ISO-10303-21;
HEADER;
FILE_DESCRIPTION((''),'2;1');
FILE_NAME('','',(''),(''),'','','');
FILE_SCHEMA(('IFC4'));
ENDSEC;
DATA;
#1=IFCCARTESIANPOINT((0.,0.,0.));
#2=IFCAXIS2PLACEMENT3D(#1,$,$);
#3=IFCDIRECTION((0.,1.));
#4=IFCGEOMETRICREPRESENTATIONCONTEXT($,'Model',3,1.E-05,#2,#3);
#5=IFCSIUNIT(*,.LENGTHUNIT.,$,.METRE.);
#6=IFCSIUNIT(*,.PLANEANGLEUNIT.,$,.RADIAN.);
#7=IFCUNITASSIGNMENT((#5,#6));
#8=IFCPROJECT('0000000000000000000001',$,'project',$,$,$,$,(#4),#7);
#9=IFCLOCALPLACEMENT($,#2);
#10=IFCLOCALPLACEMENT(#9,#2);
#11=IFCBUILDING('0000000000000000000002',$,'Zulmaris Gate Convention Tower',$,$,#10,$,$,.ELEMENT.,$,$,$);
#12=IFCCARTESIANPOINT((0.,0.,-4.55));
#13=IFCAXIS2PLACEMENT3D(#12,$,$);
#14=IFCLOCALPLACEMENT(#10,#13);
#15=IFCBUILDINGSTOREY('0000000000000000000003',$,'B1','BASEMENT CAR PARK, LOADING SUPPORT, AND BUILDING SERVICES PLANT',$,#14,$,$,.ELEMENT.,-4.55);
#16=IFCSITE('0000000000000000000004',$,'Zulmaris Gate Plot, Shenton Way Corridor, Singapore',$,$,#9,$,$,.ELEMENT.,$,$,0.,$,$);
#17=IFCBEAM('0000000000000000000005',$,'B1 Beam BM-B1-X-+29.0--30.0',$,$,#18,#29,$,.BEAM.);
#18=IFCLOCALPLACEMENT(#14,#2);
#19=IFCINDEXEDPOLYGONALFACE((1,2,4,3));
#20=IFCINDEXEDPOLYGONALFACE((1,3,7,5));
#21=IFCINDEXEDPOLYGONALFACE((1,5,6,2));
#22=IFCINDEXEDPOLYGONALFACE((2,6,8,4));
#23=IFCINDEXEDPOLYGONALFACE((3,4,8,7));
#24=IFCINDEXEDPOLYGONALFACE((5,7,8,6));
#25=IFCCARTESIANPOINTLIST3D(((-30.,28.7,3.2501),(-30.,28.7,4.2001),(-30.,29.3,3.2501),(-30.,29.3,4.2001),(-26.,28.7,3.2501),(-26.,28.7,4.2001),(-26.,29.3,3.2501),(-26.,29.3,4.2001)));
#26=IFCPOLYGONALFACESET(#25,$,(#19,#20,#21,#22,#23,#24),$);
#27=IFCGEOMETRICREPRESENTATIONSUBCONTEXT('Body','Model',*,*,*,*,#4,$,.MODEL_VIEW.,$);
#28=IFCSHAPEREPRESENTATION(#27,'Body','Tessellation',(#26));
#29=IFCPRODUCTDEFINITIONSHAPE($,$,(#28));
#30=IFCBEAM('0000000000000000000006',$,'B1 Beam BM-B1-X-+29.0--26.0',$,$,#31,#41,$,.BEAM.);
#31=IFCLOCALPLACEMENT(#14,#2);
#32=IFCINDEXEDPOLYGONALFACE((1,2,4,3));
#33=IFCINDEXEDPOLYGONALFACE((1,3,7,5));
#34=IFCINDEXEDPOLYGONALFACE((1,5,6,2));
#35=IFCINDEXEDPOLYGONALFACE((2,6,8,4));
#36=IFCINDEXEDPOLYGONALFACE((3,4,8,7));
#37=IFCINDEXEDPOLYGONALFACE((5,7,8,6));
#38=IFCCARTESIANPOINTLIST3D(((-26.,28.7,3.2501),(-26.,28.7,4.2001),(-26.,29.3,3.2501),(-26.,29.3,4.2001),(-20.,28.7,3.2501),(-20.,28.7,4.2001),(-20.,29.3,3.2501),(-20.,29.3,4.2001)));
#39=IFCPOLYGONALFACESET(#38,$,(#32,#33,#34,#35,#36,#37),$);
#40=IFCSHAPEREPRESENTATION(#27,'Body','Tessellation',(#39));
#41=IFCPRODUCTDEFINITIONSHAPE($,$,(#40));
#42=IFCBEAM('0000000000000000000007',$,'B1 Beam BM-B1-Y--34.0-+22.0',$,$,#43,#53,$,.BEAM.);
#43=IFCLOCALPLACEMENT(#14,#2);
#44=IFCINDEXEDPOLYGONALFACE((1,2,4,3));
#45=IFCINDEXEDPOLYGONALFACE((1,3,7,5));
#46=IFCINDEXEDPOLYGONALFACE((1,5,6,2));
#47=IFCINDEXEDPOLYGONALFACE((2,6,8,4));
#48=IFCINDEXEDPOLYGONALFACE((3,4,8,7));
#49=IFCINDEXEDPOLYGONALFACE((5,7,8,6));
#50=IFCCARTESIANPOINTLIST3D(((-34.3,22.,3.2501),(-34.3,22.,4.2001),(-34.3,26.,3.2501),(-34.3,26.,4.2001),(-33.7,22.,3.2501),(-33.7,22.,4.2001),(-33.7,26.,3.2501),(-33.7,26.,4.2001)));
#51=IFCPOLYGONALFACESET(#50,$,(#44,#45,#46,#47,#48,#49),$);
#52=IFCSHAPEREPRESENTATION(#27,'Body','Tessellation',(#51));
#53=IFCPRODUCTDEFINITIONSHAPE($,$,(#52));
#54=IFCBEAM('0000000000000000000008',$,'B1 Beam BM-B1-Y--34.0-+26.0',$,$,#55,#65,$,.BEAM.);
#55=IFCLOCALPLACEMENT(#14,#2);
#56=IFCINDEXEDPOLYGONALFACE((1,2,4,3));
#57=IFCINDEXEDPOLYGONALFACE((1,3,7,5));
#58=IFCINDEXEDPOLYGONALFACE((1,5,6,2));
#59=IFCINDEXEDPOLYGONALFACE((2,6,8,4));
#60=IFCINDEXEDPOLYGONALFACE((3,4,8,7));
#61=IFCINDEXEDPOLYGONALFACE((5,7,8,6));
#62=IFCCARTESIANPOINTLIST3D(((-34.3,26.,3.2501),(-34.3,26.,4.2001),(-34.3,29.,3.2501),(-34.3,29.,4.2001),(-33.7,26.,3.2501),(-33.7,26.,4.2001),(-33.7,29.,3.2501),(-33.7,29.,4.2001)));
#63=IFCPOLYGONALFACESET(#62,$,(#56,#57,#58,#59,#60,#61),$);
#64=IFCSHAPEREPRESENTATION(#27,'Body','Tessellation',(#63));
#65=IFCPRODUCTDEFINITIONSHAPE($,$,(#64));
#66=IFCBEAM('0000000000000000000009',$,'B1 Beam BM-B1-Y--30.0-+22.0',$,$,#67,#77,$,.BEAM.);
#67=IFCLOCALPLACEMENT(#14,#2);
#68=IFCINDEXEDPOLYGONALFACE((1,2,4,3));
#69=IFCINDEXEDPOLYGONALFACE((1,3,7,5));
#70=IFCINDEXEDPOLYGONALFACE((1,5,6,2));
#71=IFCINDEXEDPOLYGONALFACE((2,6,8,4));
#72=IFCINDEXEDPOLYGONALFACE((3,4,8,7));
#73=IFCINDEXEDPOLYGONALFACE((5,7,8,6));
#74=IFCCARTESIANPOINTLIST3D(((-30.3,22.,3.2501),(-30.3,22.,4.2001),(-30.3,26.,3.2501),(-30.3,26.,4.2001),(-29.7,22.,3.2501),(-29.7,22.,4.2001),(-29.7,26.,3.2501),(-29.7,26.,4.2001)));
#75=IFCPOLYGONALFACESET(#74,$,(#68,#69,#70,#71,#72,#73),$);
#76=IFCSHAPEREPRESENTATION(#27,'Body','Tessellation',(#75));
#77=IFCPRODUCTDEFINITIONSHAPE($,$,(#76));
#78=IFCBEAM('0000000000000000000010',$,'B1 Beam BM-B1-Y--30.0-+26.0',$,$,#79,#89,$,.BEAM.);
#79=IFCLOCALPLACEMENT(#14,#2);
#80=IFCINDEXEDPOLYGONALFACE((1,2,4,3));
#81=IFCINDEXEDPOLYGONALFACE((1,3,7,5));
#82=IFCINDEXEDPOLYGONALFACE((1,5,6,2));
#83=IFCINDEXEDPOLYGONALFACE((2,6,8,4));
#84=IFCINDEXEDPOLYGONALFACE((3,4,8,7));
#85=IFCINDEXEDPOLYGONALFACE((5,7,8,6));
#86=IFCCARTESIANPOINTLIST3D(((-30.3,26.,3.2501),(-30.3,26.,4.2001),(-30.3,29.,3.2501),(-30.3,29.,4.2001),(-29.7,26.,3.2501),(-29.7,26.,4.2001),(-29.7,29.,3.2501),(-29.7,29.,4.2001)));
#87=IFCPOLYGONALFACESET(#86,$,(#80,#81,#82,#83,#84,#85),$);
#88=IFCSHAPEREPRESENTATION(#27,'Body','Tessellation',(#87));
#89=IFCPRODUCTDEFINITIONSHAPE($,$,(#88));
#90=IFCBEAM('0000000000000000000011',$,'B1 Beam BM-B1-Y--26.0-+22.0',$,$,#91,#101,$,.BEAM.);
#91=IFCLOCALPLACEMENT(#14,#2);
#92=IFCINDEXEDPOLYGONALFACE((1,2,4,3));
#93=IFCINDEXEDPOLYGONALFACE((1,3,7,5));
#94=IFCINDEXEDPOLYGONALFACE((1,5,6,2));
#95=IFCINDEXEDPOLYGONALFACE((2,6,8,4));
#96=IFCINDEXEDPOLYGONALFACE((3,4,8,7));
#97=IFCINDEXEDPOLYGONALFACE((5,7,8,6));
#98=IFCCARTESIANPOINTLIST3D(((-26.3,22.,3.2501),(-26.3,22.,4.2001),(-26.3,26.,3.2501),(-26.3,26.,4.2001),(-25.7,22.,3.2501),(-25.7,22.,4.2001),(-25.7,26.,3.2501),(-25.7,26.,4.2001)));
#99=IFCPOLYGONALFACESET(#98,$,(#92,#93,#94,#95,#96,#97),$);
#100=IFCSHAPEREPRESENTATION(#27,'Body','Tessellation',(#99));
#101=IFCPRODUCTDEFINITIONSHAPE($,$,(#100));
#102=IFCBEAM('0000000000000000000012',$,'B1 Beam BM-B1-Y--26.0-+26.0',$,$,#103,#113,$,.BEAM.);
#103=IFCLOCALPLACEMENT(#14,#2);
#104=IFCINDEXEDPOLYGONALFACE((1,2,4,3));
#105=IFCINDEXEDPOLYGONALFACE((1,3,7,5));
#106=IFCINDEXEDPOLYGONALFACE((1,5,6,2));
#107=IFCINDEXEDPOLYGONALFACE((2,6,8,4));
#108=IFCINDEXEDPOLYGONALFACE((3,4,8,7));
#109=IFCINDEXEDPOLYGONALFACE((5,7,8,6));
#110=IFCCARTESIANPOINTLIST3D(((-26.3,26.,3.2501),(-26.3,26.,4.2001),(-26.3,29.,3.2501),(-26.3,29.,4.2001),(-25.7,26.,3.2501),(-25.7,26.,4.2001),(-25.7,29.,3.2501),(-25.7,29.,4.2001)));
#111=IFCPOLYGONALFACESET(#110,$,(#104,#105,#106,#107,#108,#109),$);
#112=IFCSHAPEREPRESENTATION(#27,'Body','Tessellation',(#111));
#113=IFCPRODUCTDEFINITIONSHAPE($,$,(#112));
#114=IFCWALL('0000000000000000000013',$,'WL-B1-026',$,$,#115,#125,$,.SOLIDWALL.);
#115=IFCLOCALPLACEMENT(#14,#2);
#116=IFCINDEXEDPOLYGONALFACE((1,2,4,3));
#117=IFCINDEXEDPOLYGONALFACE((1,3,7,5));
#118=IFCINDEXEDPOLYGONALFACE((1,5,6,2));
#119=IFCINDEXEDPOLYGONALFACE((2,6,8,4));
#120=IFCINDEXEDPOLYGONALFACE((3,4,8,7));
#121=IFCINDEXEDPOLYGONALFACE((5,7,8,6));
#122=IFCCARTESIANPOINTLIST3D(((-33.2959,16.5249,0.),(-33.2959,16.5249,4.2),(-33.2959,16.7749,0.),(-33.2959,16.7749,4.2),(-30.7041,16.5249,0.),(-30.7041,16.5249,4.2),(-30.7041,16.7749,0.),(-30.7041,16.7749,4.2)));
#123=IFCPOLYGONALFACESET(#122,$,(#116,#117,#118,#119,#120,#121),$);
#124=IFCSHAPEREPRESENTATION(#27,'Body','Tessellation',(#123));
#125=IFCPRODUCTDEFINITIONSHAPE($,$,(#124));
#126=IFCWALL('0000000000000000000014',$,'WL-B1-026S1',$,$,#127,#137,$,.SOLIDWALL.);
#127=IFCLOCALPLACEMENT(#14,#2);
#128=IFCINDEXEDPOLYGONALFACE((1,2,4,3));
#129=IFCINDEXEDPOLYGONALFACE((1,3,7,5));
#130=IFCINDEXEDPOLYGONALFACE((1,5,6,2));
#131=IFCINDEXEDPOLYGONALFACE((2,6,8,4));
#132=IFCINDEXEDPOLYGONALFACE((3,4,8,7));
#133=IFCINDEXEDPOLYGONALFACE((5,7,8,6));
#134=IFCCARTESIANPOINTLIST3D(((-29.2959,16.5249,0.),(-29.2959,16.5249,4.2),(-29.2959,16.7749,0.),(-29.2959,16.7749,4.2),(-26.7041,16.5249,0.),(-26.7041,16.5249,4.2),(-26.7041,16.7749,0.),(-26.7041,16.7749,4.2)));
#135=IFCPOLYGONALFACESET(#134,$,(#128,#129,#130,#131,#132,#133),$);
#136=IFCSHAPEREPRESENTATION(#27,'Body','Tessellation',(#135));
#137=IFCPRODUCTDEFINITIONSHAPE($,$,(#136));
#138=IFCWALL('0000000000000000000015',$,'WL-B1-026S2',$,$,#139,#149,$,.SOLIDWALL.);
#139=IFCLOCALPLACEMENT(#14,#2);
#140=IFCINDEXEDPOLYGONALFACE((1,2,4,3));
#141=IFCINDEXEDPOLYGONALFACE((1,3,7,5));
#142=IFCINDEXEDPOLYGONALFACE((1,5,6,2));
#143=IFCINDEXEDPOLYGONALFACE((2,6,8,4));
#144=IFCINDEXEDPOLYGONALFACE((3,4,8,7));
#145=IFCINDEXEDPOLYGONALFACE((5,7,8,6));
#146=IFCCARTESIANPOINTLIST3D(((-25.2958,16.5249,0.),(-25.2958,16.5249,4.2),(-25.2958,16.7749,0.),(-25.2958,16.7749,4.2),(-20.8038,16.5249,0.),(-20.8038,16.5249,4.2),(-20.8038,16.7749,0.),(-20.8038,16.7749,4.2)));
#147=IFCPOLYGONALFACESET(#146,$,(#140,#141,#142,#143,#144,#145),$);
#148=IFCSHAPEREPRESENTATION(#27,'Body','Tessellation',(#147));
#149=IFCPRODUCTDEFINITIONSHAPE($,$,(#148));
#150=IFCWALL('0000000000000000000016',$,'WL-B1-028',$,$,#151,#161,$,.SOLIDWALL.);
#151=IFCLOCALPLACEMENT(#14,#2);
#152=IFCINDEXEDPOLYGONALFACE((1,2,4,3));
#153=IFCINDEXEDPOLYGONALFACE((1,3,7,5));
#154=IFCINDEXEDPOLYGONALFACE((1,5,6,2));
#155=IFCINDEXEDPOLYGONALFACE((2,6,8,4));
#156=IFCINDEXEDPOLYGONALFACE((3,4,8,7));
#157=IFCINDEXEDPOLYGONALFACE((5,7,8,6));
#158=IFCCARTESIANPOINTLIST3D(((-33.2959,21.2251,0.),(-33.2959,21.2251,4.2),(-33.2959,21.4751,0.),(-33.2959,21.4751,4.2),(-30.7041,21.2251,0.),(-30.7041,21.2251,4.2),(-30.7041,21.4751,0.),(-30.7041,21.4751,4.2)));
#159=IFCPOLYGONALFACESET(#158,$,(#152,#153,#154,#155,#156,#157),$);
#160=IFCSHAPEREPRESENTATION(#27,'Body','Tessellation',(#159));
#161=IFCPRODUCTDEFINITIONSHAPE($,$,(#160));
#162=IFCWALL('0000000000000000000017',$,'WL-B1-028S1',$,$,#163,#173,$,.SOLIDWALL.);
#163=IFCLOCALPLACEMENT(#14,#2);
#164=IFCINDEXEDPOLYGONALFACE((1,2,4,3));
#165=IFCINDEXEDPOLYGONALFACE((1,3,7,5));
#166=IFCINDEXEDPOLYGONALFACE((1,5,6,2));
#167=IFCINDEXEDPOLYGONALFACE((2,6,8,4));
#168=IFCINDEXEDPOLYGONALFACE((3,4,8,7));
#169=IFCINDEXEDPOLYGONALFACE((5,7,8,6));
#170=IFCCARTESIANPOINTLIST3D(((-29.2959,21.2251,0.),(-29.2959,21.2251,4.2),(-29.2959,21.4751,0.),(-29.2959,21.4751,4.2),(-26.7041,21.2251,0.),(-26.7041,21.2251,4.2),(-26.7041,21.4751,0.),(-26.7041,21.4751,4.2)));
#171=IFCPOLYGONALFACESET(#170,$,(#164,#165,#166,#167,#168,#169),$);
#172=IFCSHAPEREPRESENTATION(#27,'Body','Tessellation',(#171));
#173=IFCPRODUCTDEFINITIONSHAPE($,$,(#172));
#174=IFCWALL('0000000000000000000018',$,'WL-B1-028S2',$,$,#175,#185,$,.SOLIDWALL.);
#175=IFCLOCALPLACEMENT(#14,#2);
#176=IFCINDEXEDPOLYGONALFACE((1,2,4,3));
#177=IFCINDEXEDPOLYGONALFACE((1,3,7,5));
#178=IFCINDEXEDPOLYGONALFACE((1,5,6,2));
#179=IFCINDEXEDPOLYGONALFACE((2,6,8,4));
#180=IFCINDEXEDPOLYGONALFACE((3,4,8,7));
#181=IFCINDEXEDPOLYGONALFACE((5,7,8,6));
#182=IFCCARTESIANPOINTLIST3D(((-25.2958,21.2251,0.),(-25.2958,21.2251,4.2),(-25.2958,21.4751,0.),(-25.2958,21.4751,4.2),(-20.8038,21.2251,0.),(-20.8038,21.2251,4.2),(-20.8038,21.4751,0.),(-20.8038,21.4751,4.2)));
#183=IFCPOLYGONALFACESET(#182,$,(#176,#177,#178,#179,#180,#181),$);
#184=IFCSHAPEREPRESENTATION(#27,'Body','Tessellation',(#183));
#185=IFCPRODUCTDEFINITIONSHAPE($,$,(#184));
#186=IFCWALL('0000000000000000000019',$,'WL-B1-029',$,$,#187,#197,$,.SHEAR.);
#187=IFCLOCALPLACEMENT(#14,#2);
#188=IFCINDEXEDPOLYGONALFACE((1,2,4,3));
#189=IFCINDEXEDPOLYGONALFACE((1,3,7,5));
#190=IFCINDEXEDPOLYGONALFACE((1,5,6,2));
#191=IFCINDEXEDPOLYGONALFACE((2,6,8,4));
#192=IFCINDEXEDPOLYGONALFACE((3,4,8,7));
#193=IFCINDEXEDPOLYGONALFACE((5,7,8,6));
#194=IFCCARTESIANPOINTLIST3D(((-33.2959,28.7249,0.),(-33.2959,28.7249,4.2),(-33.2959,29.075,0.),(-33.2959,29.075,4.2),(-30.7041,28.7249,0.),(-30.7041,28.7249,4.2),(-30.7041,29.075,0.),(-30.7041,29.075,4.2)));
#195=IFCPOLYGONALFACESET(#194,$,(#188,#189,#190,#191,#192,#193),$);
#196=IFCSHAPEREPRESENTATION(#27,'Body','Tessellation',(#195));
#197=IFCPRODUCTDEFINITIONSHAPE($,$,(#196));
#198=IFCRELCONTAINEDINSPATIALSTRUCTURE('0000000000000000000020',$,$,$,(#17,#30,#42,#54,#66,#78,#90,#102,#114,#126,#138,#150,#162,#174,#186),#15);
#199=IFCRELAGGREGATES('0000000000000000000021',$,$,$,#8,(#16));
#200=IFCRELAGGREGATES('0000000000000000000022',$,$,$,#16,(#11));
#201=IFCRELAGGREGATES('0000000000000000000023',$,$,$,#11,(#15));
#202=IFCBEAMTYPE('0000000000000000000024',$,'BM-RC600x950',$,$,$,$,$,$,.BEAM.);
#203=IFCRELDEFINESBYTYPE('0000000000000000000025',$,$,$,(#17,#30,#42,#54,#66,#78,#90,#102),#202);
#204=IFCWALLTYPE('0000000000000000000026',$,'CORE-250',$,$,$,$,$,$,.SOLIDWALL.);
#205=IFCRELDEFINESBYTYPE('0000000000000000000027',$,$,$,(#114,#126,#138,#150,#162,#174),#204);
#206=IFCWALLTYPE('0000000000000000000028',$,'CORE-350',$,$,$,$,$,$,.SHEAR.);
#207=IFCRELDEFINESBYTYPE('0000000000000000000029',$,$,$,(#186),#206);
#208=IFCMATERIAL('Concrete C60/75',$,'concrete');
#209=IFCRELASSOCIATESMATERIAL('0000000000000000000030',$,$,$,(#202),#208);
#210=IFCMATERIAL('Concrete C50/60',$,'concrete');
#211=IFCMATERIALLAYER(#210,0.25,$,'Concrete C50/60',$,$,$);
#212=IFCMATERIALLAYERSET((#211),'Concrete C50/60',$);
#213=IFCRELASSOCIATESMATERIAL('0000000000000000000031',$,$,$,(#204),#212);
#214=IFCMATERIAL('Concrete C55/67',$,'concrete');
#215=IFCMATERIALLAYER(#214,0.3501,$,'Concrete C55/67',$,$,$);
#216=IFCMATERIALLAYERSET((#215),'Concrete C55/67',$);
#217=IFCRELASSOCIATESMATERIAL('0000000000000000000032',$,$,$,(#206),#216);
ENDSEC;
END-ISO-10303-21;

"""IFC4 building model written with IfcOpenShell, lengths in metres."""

from ifc_helpers import new_model, si_unit, direction, frame, frame_2d, origin, origin_2d, place, context, subcontext, project, spatial, rectangle, extrude, material, layer, layer_set, material_profile, profile_set, type_object, element, save


model = new_model("IFC4")

# Units and contexts
model_context = context("Model", 3, precision=1e-05, world=origin(), true_north=direction((0.0, 1.0)))
body_context = subcontext(model_context, "Body", "Model", "MODEL_VIEW")
ifc_project = project(units=[si_unit("LENGTHUNIT", "METRE"), si_unit("PLANEANGLEUNIT", "RADIAN")], contexts=[model_context])

# Site, building, storey
site_placement = place(None, origin())
site = spatial("IfcSite", under=ifc_project, at=site_placement, Name="Zulmaris Gate Plot, Shenton Way Corridor, Singapore", CompositionType="ELEMENT", RefElevation=0.0)
building_placement = place(site_placement, origin())
building = spatial("IfcBuilding", under=site, at=building_placement, Name="Zulmaris Gate Convention Tower", CompositionType="ELEMENT")
storey_placement = place(building_placement, frame((0.0, 0.0, -4.55)))
storey = spatial("IfcBuildingStorey", under=building, at=storey_placement, Name="B1", Description="BASEMENT CAR PARK, LOADING SUPPORT, AND BUILDING SERVICES PLANT", CompositionType="ELEMENT", Elevation=-4.55)

# Beams
ifc_material_1 = material(Name="Concrete C60/75", Category="concrete")
ifc_material_profile_1 = material_profile(ifc_material_1, rectangle(XDim=0.6001, YDim=0.95, at=origin_2d()), Name="RC BEAM 600x950")
ifc_profile_set_1 = profile_set([ifc_material_profile_1], Name="Concrete C60/75")
beam_type = type_object("IfcBeamType", Name="BM-RC600x950", PredefinedType="BEAM", material=ifc_profile_set_1)
for number, where, z_axis, x_axis, name in (
    (1, (-30.0, 29.0, 3.7251), (1.0, 0.0, 0.0), (0.0, 1.0, 0.0), "B1 Beam BM-B1-X-+29.0--30.0"),
):
    element("IfcBeam", number, at=place(storey_placement, frame(where, z_axis=z_axis, x_axis=x_axis)), inside=storey, type_object=beam_type, Name=name, PredefinedType="BEAM", context=body_context, shape_type="SweptSolid", body=[
        extrude(rectangle(XDim=0.6001, YDim=0.95, at=origin_2d()), origin(), (0.0, 0.0, 1.0), 4.0),
    ])
beam_1_placement = place(storey_placement, frame((-26.0, 29.0, 3.7251), z_axis=(1.0, 0.0, 0.0), x_axis=(0.0, 1.0, 0.0)))
element("IfcBeam", 2, at=beam_1_placement, inside=storey, type_object=beam_type, Name="B1 Beam BM-B1-X-+29.0--26.0", PredefinedType="BEAM", context=body_context, shape_type="SweptSolid", body=[
    extrude(rectangle(XDim=0.6001, YDim=0.95, at=origin_2d()), origin(), (0.0, 0.0, 1.0), 6.0),
])
beam_2_placement = place(storey_placement, frame((-34.0, 22.0, 3.7251), z_axis=(0.0, 1.0, 0.0), x_axis=(-1.0, 0.0, 0.0)))
element("IfcBeam", 3, at=beam_2_placement, inside=storey, type_object=beam_type, Name="B1 Beam BM-B1-Y--34.0-+22.0", PredefinedType="BEAM", context=body_context, shape_type="SweptSolid", body=[
    extrude(rectangle(XDim=0.6001, YDim=0.95, at=origin_2d()), origin(), (0.0, 0.0, 1.0), 4.0),
])
beam_3_placement = place(storey_placement, frame((-34.0, 26.0, 3.7251), z_axis=(0.0, 1.0, 0.0), x_axis=(-1.0, 0.0, 0.0)))
element("IfcBeam", 4, at=beam_3_placement, inside=storey, type_object=beam_type, Name="B1 Beam BM-B1-Y--34.0-+26.0", PredefinedType="BEAM", context=body_context, shape_type="SweptSolid", body=[
    extrude(rectangle(XDim=0.6001, YDim=0.95, at=origin_2d()), origin(), (0.0, 0.0, 1.0), 3.0),
])
beam_4_placement = place(storey_placement, frame((-30.0, 22.0, 3.7251), z_axis=(0.0, 1.0, 0.0), x_axis=(-1.0, 0.0, 0.0)))
element("IfcBeam", 5, at=beam_4_placement, inside=storey, type_object=beam_type, Name="B1 Beam BM-B1-Y--30.0-+22.0", PredefinedType="BEAM", context=body_context, shape_type="SweptSolid", body=[
    extrude(rectangle(XDim=0.6001, YDim=0.95, at=origin_2d()), origin(), (0.0, 0.0, 1.0), 4.0),
])
beam_5_placement = place(storey_placement, frame((-30.0, 26.0, 3.7251), z_axis=(0.0, 1.0, 0.0), x_axis=(-1.0, 0.0, 0.0)))
element("IfcBeam", 6, at=beam_5_placement, inside=storey, type_object=beam_type, Name="B1 Beam BM-B1-Y--30.0-+26.0", PredefinedType="BEAM", context=body_context, shape_type="SweptSolid", body=[
    extrude(rectangle(XDim=0.6001, YDim=0.95, at=origin_2d()), origin(), (0.0, 0.0, 1.0), 3.0),
])
beam_6_placement = place(storey_placement, frame((-26.0, 22.0, 3.7251), z_axis=(0.0, 1.0, 0.0), x_axis=(-1.0, 0.0, 0.0)))
element("IfcBeam", 7, at=beam_6_placement, inside=storey, type_object=beam_type, Name="B1 Beam BM-B1-Y--26.0-+22.0", PredefinedType="BEAM", context=body_context, shape_type="SweptSolid", body=[
    extrude(rectangle(XDim=0.6001, YDim=0.95, at=origin_2d()), origin(), (0.0, 0.0, 1.0), 4.0),
])
beam_7_placement = place(storey_placement, frame((-26.0, 26.0, 3.7251), z_axis=(0.0, 1.0, 0.0), x_axis=(-1.0, 0.0, 0.0)))
element("IfcBeam", 8, at=beam_7_placement, inside=storey, type_object=beam_type, Name="B1 Beam BM-B1-Y--26.0-+26.0", PredefinedType="BEAM", context=body_context, shape_type="SweptSolid", body=[
    extrude(rectangle(XDim=0.6001, YDim=0.95, at=origin_2d()), origin(), (0.0, 0.0, 1.0), 3.0),
])

# Walls
ifc_material_2 = material(Name="Concrete C50/60", Category="concrete")
ifc_layer_1 = layer(ifc_material_2, 0.25, Name="Concrete C50/60")
ifc_layer_set_1 = layer_set([ifc_layer_1], Name="Concrete C50/60")
wall_type_1 = type_object("IfcWallType", Name="CORE-250", PredefinedType="SOLIDWALL", material=ifc_layer_set_1)
for number, where, z_axis, x_axis, name in (
    (9, (-33.2959, 16.6499, 0.0), (0.0, 0.0, 1.0), (1.0, 0.0, 0.0), "WL-B1-026"),
    (10, (-29.2959, 16.6499, 0.0), (0.0, 0.0, 1.0), (1.0, 0.0, 0.0), "WL-B1-026S1"),
):
    element("IfcWall", number, at=place(storey_placement, frame(where, z_axis=z_axis, x_axis=x_axis)), inside=storey, type_object=wall_type_1, Name=name, PredefinedType="SOLIDWALL", context=body_context, shape_type="SweptSolid", body=[
        extrude(rectangle(XDim=2.5918, YDim=0.25, at=frame_2d((1.2959, 0.0))), origin(), (0.0, 0.0, 1.0), 4.2),
    ])
wall_1_placement = place(storey_placement, frame((-25.2959, 16.6499, 0.0), z_axis=(0.0, 0.0, 1.0), x_axis=(1.0, 0.0, 0.0)))
element("IfcWall", 11, at=wall_1_placement, inside=storey, type_object=wall_type_1, Name="WL-B1-026S2", PredefinedType="SOLIDWALL", context=body_context, shape_type="SweptSolid", body=[
    extrude(rectangle(XDim=4.4919, YDim=0.25, at=frame_2d((2.2461, 0.0))), origin(), (0.0, 0.0, 1.0), 4.2),
])
for number, where, z_axis, x_axis, name in (
    (12, (-33.2959, 21.3501, 0.0), (0.0, 0.0, 1.0), (1.0, 0.0, 0.0), "WL-B1-028"),
    (13, (-29.2959, 21.3501, 0.0), (0.0, 0.0, 1.0), (1.0, 0.0, 0.0), "WL-B1-028S1"),
):
    element("IfcWall", number, at=place(storey_placement, frame(where, z_axis=z_axis, x_axis=x_axis)), inside=storey, type_object=wall_type_1, Name=name, PredefinedType="SOLIDWALL", context=body_context, shape_type="SweptSolid", body=[
        extrude(rectangle(XDim=2.5918, YDim=0.25, at=frame_2d((1.2959, 0.0))), origin(), (0.0, 0.0, 1.0), 4.2),
    ])
wall_2_placement = place(storey_placement, frame((-25.2959, 21.3501, 0.0), z_axis=(0.0, 0.0, 1.0), x_axis=(1.0, 0.0, 0.0)))
element("IfcWall", 14, at=wall_2_placement, inside=storey, type_object=wall_type_1, Name="WL-B1-028S2", PredefinedType="SOLIDWALL", context=body_context, shape_type="SweptSolid", body=[
    extrude(rectangle(XDim=4.4919, YDim=0.25, at=frame_2d((2.2461, 0.0))), origin(), (0.0, 0.0, 1.0), 4.2),
])
ifc_material_3 = material(Name="Concrete C55/67", Category="concrete")
ifc_layer_2 = layer(ifc_material_3, 0.3501, Name="Concrete C55/67")
ifc_layer_set_2 = layer_set([ifc_layer_2], Name="Concrete C55/67")
wall_type_2 = type_object("IfcWallType", Name="CORE-350", PredefinedType="SHEAR", material=ifc_layer_set_2)
for number, where, z_axis, x_axis, name in (
    (15, (-33.2959, 28.8999, 0.0), (0.0, 0.0, 1.0), (1.0, 0.0, 0.0), "WL-B1-029"),
):
    element("IfcWall", number, at=place(storey_placement, frame(where, z_axis=z_axis, x_axis=x_axis)), inside=storey, type_object=wall_type_2, Name=name, PredefinedType="SHEAR", context=body_context, shape_type="SweptSolid", body=[
        extrude(rectangle(XDim=2.5918, YDim=0.3501, at=frame_2d((1.2959, 0.0))), origin(), (0.0, 0.0, 1.0), 4.2),
    ])

save(model, "model.ifc")
